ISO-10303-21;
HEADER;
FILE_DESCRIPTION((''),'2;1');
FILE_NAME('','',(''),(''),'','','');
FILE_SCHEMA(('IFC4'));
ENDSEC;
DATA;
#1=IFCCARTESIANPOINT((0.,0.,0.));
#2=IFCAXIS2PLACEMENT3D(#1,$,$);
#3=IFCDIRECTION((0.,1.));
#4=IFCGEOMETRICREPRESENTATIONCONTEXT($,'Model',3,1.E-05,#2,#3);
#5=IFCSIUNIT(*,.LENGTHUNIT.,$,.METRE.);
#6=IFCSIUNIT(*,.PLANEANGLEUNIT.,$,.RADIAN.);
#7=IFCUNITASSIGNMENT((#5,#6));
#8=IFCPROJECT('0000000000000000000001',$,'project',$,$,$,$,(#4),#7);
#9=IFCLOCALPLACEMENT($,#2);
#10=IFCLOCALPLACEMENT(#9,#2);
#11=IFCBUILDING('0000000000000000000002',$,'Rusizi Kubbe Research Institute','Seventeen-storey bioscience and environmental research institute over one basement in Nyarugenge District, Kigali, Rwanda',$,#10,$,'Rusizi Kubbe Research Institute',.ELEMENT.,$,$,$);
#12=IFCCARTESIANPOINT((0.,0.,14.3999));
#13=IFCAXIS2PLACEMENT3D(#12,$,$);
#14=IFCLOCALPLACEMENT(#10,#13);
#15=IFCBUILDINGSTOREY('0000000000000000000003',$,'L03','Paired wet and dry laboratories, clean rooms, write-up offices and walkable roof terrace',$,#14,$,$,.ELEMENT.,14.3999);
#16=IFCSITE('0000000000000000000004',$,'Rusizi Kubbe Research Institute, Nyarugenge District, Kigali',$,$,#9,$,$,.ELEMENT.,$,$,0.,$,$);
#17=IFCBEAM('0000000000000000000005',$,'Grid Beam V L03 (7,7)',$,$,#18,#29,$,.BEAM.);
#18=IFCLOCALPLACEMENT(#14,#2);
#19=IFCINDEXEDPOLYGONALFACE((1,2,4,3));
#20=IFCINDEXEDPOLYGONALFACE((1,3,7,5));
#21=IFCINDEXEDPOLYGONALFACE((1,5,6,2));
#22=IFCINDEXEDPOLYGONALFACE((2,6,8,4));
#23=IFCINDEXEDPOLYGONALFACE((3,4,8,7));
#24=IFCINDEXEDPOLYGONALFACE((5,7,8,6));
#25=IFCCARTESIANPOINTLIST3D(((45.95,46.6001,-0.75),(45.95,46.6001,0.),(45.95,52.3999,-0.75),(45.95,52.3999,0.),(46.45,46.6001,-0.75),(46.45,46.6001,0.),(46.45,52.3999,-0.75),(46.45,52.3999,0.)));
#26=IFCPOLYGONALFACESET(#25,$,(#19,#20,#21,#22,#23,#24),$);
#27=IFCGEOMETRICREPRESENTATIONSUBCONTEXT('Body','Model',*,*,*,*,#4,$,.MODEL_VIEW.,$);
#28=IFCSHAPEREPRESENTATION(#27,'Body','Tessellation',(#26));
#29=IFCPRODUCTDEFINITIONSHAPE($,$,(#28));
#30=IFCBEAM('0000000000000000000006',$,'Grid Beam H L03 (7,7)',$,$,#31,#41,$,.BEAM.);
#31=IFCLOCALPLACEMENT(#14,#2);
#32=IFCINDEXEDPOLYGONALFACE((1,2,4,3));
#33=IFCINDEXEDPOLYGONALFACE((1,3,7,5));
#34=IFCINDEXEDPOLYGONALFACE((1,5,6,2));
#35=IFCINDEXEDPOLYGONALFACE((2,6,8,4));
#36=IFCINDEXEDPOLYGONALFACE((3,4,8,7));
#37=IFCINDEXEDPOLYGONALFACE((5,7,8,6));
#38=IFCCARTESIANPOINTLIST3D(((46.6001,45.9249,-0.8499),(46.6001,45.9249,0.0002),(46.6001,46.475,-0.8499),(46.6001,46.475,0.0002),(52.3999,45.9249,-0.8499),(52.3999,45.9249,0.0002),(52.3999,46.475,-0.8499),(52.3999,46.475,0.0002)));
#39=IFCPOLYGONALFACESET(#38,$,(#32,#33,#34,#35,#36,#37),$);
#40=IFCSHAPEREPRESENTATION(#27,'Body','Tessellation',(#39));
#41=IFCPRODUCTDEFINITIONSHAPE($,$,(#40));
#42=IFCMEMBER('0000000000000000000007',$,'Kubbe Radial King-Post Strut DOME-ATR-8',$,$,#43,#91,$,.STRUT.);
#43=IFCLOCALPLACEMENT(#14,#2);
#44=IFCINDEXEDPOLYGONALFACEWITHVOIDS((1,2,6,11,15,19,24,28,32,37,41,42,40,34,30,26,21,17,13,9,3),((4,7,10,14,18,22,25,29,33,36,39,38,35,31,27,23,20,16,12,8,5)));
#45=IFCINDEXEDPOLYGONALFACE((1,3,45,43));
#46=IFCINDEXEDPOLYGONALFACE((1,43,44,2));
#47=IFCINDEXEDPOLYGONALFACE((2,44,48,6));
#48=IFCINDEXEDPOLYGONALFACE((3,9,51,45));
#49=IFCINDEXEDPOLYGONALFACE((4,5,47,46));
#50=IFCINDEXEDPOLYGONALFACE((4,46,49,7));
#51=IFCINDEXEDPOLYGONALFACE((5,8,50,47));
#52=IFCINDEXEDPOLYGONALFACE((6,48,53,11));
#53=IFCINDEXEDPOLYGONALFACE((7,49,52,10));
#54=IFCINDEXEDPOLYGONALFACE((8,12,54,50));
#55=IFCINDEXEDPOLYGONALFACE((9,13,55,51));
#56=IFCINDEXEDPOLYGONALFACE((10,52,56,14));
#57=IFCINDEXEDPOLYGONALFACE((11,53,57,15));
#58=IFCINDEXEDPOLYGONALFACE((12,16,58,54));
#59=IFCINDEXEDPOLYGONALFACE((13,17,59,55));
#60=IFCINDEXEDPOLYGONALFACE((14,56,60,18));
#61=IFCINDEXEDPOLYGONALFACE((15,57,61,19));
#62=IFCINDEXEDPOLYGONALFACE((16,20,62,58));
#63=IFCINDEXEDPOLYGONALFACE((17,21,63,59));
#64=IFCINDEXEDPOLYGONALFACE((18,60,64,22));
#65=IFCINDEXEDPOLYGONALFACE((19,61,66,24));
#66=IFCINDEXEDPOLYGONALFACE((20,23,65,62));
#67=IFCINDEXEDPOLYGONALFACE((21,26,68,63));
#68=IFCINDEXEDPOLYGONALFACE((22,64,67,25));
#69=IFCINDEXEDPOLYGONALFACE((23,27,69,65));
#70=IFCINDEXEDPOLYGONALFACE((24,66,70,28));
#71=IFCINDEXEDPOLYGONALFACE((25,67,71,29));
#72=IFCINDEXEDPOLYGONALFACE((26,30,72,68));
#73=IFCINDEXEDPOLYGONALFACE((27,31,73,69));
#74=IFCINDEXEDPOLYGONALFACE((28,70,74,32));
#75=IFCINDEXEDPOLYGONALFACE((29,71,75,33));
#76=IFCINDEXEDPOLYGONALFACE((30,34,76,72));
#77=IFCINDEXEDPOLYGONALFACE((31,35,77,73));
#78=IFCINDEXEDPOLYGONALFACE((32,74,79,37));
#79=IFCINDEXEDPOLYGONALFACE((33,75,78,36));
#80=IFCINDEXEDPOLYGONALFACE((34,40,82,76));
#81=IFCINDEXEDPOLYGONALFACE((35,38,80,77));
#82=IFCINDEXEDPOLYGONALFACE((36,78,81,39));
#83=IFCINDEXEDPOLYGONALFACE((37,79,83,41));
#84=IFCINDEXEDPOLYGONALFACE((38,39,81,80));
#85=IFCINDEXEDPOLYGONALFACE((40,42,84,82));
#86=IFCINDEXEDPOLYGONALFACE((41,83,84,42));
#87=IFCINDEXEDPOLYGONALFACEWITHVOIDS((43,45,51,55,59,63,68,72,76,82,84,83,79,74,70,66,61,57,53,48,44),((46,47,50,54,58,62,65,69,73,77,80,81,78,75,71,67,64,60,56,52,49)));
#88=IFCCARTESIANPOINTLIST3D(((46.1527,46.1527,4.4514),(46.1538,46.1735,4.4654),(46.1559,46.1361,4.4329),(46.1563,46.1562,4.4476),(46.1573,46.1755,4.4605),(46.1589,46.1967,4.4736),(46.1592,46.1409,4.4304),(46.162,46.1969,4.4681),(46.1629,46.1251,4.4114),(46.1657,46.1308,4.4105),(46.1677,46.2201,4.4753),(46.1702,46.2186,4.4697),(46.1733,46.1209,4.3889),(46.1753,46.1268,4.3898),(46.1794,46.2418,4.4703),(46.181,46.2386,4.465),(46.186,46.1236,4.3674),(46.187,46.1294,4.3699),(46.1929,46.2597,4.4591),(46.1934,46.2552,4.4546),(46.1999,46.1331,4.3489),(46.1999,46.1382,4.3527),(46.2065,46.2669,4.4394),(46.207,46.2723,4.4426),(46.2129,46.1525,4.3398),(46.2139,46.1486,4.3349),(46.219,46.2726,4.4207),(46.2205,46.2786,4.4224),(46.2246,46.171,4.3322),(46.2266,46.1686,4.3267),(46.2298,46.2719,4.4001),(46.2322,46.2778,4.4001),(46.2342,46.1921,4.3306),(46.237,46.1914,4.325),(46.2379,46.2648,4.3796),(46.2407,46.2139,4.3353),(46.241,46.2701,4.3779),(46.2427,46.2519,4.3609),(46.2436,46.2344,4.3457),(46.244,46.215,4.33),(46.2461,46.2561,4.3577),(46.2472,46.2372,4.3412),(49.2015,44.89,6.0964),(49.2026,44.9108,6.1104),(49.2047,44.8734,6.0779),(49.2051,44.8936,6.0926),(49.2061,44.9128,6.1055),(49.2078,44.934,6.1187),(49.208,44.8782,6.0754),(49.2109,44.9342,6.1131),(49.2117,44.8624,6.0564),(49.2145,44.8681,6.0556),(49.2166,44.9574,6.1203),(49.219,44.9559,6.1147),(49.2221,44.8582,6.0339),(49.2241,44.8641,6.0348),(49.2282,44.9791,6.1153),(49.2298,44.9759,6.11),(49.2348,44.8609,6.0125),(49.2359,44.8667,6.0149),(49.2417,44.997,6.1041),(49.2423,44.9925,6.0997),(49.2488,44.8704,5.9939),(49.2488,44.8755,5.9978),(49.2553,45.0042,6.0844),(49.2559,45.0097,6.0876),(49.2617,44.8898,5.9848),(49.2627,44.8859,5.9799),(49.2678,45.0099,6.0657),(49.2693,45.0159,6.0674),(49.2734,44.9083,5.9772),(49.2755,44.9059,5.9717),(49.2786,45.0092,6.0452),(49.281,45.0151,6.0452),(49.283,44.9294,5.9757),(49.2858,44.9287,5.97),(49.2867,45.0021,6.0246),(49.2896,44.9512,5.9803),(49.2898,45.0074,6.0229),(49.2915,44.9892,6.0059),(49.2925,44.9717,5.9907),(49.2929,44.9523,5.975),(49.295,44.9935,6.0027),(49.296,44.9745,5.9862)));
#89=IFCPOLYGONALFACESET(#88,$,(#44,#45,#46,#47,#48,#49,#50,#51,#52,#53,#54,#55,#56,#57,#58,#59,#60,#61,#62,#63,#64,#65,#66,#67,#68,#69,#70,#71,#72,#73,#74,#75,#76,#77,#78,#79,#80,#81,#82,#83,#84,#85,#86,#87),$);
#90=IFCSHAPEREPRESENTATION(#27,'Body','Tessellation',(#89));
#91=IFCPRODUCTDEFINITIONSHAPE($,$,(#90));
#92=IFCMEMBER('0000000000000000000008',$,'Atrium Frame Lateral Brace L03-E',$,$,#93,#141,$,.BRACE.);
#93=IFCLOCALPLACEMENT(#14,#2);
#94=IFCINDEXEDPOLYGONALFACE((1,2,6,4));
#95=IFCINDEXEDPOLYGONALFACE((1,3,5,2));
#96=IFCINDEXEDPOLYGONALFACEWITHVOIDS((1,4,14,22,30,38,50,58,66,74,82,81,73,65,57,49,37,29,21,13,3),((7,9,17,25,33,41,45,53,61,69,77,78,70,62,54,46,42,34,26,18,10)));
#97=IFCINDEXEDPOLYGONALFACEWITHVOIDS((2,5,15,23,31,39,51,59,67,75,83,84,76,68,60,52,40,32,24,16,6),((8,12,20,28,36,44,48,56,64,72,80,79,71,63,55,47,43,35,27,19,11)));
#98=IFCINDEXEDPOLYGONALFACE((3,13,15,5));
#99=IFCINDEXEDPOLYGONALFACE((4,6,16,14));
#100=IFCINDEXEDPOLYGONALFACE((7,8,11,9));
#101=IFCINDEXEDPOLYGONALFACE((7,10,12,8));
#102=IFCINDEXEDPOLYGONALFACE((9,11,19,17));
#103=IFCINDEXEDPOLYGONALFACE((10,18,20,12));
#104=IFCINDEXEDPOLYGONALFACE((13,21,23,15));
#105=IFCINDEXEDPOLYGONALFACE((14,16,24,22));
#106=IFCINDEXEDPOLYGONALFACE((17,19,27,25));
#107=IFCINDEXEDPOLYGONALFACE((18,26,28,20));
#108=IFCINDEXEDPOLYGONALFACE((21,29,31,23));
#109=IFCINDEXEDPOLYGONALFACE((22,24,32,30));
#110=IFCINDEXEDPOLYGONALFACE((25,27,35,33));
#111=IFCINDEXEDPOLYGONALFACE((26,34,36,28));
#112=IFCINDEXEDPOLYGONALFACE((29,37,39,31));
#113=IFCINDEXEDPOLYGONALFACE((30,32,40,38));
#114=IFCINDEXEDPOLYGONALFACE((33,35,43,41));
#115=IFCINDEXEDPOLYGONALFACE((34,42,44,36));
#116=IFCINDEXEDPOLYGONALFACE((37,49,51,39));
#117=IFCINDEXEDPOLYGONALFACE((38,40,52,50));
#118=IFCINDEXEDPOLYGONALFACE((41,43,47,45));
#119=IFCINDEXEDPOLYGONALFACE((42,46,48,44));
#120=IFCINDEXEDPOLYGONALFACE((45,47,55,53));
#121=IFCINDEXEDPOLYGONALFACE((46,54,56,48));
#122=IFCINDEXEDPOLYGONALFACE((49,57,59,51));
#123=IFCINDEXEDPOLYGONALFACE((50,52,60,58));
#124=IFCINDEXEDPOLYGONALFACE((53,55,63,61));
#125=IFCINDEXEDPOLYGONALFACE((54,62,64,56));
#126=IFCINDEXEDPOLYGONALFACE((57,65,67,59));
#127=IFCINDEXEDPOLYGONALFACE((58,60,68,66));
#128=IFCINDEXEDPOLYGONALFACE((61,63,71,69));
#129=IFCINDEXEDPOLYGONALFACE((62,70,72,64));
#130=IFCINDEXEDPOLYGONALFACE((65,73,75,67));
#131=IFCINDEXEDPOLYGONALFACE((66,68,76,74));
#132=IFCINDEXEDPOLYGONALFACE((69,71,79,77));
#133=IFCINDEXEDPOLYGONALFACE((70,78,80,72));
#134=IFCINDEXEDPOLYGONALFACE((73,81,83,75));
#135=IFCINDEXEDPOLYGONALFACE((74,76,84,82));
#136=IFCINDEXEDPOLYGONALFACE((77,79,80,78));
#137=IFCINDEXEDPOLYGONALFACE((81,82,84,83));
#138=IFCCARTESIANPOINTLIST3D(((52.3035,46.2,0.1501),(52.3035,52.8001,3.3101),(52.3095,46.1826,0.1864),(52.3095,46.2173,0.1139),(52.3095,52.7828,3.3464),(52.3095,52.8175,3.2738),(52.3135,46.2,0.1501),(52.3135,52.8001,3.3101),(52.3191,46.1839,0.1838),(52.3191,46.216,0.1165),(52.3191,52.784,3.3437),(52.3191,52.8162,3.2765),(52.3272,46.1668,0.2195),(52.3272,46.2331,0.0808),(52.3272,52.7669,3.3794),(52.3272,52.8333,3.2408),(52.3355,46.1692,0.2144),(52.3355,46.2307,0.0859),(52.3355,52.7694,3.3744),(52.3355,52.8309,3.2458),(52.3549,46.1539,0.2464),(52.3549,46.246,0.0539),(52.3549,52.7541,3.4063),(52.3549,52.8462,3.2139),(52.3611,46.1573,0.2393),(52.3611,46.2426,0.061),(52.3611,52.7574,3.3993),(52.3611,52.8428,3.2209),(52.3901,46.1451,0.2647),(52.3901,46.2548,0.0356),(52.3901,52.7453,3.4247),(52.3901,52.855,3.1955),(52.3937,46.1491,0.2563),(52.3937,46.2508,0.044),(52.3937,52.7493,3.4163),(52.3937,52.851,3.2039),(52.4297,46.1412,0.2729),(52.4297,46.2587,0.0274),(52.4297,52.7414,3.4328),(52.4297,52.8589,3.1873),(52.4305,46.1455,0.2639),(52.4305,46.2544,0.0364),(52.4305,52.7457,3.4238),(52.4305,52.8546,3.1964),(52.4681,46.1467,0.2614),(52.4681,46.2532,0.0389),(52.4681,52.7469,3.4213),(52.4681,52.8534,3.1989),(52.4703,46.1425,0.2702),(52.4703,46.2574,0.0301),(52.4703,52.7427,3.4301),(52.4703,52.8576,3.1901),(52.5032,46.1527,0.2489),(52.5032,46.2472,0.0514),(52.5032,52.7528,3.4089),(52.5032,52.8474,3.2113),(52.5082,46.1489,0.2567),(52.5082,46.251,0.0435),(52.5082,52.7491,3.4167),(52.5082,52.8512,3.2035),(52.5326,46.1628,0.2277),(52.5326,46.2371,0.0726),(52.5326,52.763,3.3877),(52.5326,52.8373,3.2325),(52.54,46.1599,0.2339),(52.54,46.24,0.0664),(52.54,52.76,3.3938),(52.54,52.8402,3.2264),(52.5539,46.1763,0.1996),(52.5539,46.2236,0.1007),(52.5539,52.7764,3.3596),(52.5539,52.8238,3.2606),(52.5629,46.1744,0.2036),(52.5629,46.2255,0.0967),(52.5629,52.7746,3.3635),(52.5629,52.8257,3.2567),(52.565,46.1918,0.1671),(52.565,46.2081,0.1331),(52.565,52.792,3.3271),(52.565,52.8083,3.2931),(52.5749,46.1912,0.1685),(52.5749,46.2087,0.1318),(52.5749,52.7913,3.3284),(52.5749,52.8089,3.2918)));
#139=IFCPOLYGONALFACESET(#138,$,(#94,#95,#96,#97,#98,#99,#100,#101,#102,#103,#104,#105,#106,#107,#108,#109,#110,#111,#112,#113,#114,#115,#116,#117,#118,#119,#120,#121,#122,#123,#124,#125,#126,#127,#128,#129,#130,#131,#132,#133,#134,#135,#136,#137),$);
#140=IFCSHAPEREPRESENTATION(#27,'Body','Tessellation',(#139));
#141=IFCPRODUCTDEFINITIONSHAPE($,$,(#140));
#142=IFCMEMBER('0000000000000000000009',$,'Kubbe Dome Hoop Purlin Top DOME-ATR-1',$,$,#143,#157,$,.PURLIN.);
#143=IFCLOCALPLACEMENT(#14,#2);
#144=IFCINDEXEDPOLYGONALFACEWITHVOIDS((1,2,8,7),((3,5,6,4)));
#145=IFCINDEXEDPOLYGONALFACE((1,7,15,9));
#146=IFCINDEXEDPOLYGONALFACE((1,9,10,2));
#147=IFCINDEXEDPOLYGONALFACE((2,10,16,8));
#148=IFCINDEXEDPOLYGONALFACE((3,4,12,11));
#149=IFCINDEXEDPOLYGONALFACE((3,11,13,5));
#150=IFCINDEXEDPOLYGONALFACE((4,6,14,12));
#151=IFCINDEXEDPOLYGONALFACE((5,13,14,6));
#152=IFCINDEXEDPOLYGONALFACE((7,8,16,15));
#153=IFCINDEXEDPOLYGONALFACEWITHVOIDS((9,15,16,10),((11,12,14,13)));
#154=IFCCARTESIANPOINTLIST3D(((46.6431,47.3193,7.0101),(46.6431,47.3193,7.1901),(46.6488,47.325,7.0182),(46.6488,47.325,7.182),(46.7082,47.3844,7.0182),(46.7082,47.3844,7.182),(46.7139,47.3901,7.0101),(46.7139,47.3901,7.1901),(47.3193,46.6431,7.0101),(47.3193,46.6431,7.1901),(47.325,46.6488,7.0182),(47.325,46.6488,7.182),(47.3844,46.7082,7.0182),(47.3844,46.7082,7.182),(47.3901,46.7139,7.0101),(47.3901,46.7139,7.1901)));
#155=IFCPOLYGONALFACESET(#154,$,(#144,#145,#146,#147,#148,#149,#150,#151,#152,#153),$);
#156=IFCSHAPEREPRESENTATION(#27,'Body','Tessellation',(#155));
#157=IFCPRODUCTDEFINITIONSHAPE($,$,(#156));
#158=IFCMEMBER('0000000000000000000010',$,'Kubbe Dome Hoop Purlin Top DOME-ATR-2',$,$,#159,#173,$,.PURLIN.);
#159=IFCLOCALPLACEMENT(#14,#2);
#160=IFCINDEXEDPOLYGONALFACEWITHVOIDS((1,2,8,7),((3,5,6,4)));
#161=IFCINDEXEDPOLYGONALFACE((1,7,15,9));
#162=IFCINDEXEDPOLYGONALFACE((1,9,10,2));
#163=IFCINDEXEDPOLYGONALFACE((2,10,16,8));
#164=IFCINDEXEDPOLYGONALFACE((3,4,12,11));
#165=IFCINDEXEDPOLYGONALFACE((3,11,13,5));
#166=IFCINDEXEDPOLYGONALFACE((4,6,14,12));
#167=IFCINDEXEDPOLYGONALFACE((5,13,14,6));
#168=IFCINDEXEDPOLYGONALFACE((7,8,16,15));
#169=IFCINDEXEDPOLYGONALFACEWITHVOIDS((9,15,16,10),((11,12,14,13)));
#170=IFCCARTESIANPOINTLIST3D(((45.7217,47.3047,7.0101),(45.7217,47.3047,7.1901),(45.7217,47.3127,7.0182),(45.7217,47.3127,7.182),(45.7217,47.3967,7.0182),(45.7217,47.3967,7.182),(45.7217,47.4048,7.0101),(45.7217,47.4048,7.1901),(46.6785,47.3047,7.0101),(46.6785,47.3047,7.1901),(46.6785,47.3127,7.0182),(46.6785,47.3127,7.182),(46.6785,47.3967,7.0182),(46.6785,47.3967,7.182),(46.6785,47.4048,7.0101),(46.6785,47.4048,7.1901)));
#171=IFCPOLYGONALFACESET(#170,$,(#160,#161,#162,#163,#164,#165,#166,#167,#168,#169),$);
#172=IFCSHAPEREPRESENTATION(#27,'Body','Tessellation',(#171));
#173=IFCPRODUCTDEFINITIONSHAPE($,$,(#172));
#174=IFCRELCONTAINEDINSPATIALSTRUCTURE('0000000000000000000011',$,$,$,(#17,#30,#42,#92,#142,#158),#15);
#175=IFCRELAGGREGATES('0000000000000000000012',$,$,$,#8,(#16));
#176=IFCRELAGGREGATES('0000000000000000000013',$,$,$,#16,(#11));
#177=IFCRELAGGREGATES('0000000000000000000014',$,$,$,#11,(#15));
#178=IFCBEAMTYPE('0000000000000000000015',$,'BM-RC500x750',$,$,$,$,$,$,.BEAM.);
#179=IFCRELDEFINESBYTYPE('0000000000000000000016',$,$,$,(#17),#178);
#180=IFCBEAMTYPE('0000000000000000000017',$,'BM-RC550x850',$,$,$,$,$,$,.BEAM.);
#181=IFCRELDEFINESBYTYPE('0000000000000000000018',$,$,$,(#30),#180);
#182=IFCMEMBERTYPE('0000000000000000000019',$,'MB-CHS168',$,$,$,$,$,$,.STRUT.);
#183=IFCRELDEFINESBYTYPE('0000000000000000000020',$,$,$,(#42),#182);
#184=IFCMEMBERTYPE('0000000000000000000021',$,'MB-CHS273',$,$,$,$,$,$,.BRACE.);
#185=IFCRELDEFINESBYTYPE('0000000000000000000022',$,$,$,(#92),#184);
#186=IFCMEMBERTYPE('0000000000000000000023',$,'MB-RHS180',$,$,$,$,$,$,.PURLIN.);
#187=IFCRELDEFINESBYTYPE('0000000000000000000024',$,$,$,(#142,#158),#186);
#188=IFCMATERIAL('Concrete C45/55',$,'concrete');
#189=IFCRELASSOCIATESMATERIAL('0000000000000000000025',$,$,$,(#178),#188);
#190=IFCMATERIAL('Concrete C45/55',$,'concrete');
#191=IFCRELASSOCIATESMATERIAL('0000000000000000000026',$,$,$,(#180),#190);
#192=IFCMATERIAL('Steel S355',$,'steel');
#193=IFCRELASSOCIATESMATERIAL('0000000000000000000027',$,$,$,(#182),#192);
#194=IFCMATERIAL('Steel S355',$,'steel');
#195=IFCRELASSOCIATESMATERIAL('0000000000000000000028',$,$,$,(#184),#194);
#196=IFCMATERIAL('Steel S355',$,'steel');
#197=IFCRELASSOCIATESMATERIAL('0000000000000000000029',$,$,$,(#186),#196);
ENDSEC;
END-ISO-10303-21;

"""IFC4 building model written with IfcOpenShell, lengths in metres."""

from ifc_helpers import new_model, si_unit, direction, frame, origin, origin_2d, place, context, subcontext, project, spatial, rectangle, hollow_rectangle, hollow_circle, extrude, material, material_profile, profile_set, type_object, element, save


model = new_model("IFC4")

# Units and contexts
model_context = context("Model", 3, precision=1e-05, world=origin(), true_north=direction((0.0, 1.0)))
body_context = subcontext(model_context, "Body", "Model", "MODEL_VIEW")
ifc_project = project(units=[si_unit("LENGTHUNIT", "METRE"), si_unit("PLANEANGLEUNIT", "RADIAN")], contexts=[model_context])

# Site, building, storey
site_placement = place(None, origin())
site = spatial("IfcSite", under=ifc_project, at=site_placement, Name="Rusizi Kubbe Research Institute, Nyarugenge District, Kigali", CompositionType="ELEMENT", RefElevation=0.0)
building_placement = place(site_placement, origin())
building = spatial("IfcBuilding", under=site, at=building_placement, Name="Rusizi Kubbe Research Institute", Description="Seventeen-storey bioscience and environmental research institute over one basement in Nyarugenge District, Kigali, Rwanda", LongName="Rusizi Kubbe Research Institute", CompositionType="ELEMENT")
storey_placement = place(building_placement, frame((0.0, 0.0, 14.3999)))
storey = spatial("IfcBuildingStorey", under=building, at=storey_placement, Name="L03", Description="Paired wet and dry laboratories, clean rooms, write-up offices and walkable roof terrace", CompositionType="ELEMENT", Elevation=14.3999)

# Beams
ifc_material_1 = material(Name="Concrete C45/55", Category="concrete")
ifc_material_profile_1 = material_profile(ifc_material_1, rectangle(XDim=0.5, YDim=0.75, at=origin_2d()), Name="RC500x750B")
ifc_profile_set_1 = profile_set([ifc_material_profile_1], Name="Concrete C45/55")
beam_type_1 = type_object("IfcBeamType", Name="BM-RC500x750", PredefinedType="BEAM", material=ifc_profile_set_1)
beam_1_placement = place(storey_placement, frame((46.2, 46.6001, -0.375), z_axis=(0.0, 1.0, 0.0), x_axis=(-1.0, 0.0, 0.0)))
element("IfcBeam", 1, at=beam_1_placement, inside=storey, type_object=beam_type_1, Name="Grid Beam V L03 (7,7)", PredefinedType="BEAM", context=body_context, shape_type="SweptSolid", body=[
    extrude(rectangle(XDim=0.5, YDim=0.75, at=origin_2d()), origin(), (0.0, 0.0, 1.0), 5.7998),
])
ifc_material_2 = material(Name="Concrete C45/55", Category="concrete")
ifc_material_profile_2 = material_profile(ifc_material_2, rectangle(XDim=0.55, YDim=0.8501, at=origin_2d()), Name="RC550x850")
ifc_profile_set_2 = profile_set([ifc_material_profile_2], Name="Concrete C45/55")
beam_type_2 = type_object("IfcBeamType", Name="BM-RC550x850", PredefinedType="BEAM", material=ifc_profile_set_2)
beam_2_placement = place(storey_placement, frame((46.6001, 46.2, -0.4248), z_axis=(1.0, 0.0, 0.0), x_axis=(0.0, 1.0, 0.0)))
element("IfcBeam", 2, at=beam_2_placement, inside=storey, type_object=beam_type_2, Name="Grid Beam H L03 (7,7)", PredefinedType="BEAM", context=body_context, shape_type="SweptSolid", body=[
    extrude(rectangle(XDim=0.55, YDim=0.8501, at=origin_2d()), origin(), (0.0, 0.0, 1.0), 5.7998),
])

# Members
ifc_material_3 = material(Name="Steel S355", Category="steel")
ifc_material_profile_3 = material_profile(ifc_material_3, hollow_circle(Radius=0.0842, WallThickness=0.0063, at=origin_2d()), Name="CHS 168.3x6.3")
ifc_profile_set_3 = profile_set([ifc_material_profile_3], Name="Steel S355")
member_type_1 = type_object("IfcMemberType", Name="MB-CHS168", PredefinedType="STRUT", material=ifc_profile_set_3)
member_1_placement = place(storey_placement, frame((46.2, 46.2, 4.4001), z_axis=(0.826856, -0.342449, 0.446137), x_axis=(0.382639, 0.923898, 0.0)))
element("IfcMember", 3, at=member_1_placement, inside=storey, type_object=member_type_1, Name="Kubbe Radial King-Post Strut DOME-ATR-8", PredefinedType="STRUT", context=body_context, shape_type="SweptSolid", body=[
    extrude(hollow_circle(Radius=0.0842, WallThickness=0.0063, at=origin_2d()), origin(), (0.0, 0.0, 1.0), 3.6873),
])
ifc_material_4 = material(Name="Steel S355", Category="steel")
ifc_material_profile_4 = material_profile(ifc_material_4, hollow_circle(Radius=0.1365, WallThickness=0.01, at=origin_2d()), Name="CHS 273.0x10.0")
ifc_profile_set_4 = profile_set([ifc_material_profile_4], Name="Steel S355")
member_type_2 = type_object("IfcMemberType", Name="MB-CHS273", PredefinedType="BRACE", material=ifc_profile_set_4)
member_2_placement = place(storey_placement, frame((52.4399, 46.2, 0.1501), z_axis=(0.0, 0.901956, 0.431827), x_axis=(-1.0, 0.0, 0.0)))
element("IfcMember", 4, at=member_2_placement, inside=storey, type_object=member_type_2, Name="Atrium Frame Lateral Brace L03-E", PredefinedType="BRACE", context=body_context, shape_type="SweptSolid", body=[
    extrude(hollow_circle(Radius=0.1365, WallThickness=0.01, at=origin_2d()), origin(), (0.0, 0.0, 1.0), 7.3176),
])
ifc_material_5 = material(Name="Steel S355", Category="steel")
ifc_material_profile_5 = material_profile(ifc_material_5, hollow_rectangle(XDim=0.1001, YDim=0.1799, WallThickness=0.0081, at=origin_2d()), Name="RHS 180x100x8.0")
ifc_profile_set_5 = profile_set([ifc_material_profile_5], Name="Steel S355")
member_type_3 = type_object("IfcMemberType", Name="MB-RHS180", PredefinedType="PURLIN", material=ifc_profile_set_5)
member_3_placement = place(storey_placement, frame((47.3547, 46.6785, 7.1001), z_axis=(-0.707107, 0.707107, 0.0), x_axis=(-0.707107, -0.707107, 0.0)))
element("IfcMember", 5, at=member_3_placement, inside=storey, type_object=member_type_3, Name="Kubbe Dome Hoop Purlin Top DOME-ATR-1", PredefinedType="PURLIN", context=body_context, shape_type="SweptSolid", body=[
    extrude(hollow_rectangle(XDim=0.1001, YDim=0.1799, WallThickness=0.0081, at=origin_2d()), origin(), (0.0, 0.0, 1.0), 0.9563),
])
member_4_placement = place(storey_placement, frame((46.6785, 47.3547, 7.1001), z_axis=(-1.0, 0.0, 0.0), x_axis=(0.0, -1.0, 0.0)))
element("IfcMember", 6, at=member_4_placement, inside=storey, type_object=member_type_3, Name="Kubbe Dome Hoop Purlin Top DOME-ATR-2", PredefinedType="PURLIN", context=body_context, shape_type="SweptSolid", body=[
    extrude(hollow_rectangle(XDim=0.1001, YDim=0.1799, WallThickness=0.0081, at=origin_2d()), origin(), (0.0, 0.0, 1.0), 0.9568),
])

save(model, "model.ifc")
